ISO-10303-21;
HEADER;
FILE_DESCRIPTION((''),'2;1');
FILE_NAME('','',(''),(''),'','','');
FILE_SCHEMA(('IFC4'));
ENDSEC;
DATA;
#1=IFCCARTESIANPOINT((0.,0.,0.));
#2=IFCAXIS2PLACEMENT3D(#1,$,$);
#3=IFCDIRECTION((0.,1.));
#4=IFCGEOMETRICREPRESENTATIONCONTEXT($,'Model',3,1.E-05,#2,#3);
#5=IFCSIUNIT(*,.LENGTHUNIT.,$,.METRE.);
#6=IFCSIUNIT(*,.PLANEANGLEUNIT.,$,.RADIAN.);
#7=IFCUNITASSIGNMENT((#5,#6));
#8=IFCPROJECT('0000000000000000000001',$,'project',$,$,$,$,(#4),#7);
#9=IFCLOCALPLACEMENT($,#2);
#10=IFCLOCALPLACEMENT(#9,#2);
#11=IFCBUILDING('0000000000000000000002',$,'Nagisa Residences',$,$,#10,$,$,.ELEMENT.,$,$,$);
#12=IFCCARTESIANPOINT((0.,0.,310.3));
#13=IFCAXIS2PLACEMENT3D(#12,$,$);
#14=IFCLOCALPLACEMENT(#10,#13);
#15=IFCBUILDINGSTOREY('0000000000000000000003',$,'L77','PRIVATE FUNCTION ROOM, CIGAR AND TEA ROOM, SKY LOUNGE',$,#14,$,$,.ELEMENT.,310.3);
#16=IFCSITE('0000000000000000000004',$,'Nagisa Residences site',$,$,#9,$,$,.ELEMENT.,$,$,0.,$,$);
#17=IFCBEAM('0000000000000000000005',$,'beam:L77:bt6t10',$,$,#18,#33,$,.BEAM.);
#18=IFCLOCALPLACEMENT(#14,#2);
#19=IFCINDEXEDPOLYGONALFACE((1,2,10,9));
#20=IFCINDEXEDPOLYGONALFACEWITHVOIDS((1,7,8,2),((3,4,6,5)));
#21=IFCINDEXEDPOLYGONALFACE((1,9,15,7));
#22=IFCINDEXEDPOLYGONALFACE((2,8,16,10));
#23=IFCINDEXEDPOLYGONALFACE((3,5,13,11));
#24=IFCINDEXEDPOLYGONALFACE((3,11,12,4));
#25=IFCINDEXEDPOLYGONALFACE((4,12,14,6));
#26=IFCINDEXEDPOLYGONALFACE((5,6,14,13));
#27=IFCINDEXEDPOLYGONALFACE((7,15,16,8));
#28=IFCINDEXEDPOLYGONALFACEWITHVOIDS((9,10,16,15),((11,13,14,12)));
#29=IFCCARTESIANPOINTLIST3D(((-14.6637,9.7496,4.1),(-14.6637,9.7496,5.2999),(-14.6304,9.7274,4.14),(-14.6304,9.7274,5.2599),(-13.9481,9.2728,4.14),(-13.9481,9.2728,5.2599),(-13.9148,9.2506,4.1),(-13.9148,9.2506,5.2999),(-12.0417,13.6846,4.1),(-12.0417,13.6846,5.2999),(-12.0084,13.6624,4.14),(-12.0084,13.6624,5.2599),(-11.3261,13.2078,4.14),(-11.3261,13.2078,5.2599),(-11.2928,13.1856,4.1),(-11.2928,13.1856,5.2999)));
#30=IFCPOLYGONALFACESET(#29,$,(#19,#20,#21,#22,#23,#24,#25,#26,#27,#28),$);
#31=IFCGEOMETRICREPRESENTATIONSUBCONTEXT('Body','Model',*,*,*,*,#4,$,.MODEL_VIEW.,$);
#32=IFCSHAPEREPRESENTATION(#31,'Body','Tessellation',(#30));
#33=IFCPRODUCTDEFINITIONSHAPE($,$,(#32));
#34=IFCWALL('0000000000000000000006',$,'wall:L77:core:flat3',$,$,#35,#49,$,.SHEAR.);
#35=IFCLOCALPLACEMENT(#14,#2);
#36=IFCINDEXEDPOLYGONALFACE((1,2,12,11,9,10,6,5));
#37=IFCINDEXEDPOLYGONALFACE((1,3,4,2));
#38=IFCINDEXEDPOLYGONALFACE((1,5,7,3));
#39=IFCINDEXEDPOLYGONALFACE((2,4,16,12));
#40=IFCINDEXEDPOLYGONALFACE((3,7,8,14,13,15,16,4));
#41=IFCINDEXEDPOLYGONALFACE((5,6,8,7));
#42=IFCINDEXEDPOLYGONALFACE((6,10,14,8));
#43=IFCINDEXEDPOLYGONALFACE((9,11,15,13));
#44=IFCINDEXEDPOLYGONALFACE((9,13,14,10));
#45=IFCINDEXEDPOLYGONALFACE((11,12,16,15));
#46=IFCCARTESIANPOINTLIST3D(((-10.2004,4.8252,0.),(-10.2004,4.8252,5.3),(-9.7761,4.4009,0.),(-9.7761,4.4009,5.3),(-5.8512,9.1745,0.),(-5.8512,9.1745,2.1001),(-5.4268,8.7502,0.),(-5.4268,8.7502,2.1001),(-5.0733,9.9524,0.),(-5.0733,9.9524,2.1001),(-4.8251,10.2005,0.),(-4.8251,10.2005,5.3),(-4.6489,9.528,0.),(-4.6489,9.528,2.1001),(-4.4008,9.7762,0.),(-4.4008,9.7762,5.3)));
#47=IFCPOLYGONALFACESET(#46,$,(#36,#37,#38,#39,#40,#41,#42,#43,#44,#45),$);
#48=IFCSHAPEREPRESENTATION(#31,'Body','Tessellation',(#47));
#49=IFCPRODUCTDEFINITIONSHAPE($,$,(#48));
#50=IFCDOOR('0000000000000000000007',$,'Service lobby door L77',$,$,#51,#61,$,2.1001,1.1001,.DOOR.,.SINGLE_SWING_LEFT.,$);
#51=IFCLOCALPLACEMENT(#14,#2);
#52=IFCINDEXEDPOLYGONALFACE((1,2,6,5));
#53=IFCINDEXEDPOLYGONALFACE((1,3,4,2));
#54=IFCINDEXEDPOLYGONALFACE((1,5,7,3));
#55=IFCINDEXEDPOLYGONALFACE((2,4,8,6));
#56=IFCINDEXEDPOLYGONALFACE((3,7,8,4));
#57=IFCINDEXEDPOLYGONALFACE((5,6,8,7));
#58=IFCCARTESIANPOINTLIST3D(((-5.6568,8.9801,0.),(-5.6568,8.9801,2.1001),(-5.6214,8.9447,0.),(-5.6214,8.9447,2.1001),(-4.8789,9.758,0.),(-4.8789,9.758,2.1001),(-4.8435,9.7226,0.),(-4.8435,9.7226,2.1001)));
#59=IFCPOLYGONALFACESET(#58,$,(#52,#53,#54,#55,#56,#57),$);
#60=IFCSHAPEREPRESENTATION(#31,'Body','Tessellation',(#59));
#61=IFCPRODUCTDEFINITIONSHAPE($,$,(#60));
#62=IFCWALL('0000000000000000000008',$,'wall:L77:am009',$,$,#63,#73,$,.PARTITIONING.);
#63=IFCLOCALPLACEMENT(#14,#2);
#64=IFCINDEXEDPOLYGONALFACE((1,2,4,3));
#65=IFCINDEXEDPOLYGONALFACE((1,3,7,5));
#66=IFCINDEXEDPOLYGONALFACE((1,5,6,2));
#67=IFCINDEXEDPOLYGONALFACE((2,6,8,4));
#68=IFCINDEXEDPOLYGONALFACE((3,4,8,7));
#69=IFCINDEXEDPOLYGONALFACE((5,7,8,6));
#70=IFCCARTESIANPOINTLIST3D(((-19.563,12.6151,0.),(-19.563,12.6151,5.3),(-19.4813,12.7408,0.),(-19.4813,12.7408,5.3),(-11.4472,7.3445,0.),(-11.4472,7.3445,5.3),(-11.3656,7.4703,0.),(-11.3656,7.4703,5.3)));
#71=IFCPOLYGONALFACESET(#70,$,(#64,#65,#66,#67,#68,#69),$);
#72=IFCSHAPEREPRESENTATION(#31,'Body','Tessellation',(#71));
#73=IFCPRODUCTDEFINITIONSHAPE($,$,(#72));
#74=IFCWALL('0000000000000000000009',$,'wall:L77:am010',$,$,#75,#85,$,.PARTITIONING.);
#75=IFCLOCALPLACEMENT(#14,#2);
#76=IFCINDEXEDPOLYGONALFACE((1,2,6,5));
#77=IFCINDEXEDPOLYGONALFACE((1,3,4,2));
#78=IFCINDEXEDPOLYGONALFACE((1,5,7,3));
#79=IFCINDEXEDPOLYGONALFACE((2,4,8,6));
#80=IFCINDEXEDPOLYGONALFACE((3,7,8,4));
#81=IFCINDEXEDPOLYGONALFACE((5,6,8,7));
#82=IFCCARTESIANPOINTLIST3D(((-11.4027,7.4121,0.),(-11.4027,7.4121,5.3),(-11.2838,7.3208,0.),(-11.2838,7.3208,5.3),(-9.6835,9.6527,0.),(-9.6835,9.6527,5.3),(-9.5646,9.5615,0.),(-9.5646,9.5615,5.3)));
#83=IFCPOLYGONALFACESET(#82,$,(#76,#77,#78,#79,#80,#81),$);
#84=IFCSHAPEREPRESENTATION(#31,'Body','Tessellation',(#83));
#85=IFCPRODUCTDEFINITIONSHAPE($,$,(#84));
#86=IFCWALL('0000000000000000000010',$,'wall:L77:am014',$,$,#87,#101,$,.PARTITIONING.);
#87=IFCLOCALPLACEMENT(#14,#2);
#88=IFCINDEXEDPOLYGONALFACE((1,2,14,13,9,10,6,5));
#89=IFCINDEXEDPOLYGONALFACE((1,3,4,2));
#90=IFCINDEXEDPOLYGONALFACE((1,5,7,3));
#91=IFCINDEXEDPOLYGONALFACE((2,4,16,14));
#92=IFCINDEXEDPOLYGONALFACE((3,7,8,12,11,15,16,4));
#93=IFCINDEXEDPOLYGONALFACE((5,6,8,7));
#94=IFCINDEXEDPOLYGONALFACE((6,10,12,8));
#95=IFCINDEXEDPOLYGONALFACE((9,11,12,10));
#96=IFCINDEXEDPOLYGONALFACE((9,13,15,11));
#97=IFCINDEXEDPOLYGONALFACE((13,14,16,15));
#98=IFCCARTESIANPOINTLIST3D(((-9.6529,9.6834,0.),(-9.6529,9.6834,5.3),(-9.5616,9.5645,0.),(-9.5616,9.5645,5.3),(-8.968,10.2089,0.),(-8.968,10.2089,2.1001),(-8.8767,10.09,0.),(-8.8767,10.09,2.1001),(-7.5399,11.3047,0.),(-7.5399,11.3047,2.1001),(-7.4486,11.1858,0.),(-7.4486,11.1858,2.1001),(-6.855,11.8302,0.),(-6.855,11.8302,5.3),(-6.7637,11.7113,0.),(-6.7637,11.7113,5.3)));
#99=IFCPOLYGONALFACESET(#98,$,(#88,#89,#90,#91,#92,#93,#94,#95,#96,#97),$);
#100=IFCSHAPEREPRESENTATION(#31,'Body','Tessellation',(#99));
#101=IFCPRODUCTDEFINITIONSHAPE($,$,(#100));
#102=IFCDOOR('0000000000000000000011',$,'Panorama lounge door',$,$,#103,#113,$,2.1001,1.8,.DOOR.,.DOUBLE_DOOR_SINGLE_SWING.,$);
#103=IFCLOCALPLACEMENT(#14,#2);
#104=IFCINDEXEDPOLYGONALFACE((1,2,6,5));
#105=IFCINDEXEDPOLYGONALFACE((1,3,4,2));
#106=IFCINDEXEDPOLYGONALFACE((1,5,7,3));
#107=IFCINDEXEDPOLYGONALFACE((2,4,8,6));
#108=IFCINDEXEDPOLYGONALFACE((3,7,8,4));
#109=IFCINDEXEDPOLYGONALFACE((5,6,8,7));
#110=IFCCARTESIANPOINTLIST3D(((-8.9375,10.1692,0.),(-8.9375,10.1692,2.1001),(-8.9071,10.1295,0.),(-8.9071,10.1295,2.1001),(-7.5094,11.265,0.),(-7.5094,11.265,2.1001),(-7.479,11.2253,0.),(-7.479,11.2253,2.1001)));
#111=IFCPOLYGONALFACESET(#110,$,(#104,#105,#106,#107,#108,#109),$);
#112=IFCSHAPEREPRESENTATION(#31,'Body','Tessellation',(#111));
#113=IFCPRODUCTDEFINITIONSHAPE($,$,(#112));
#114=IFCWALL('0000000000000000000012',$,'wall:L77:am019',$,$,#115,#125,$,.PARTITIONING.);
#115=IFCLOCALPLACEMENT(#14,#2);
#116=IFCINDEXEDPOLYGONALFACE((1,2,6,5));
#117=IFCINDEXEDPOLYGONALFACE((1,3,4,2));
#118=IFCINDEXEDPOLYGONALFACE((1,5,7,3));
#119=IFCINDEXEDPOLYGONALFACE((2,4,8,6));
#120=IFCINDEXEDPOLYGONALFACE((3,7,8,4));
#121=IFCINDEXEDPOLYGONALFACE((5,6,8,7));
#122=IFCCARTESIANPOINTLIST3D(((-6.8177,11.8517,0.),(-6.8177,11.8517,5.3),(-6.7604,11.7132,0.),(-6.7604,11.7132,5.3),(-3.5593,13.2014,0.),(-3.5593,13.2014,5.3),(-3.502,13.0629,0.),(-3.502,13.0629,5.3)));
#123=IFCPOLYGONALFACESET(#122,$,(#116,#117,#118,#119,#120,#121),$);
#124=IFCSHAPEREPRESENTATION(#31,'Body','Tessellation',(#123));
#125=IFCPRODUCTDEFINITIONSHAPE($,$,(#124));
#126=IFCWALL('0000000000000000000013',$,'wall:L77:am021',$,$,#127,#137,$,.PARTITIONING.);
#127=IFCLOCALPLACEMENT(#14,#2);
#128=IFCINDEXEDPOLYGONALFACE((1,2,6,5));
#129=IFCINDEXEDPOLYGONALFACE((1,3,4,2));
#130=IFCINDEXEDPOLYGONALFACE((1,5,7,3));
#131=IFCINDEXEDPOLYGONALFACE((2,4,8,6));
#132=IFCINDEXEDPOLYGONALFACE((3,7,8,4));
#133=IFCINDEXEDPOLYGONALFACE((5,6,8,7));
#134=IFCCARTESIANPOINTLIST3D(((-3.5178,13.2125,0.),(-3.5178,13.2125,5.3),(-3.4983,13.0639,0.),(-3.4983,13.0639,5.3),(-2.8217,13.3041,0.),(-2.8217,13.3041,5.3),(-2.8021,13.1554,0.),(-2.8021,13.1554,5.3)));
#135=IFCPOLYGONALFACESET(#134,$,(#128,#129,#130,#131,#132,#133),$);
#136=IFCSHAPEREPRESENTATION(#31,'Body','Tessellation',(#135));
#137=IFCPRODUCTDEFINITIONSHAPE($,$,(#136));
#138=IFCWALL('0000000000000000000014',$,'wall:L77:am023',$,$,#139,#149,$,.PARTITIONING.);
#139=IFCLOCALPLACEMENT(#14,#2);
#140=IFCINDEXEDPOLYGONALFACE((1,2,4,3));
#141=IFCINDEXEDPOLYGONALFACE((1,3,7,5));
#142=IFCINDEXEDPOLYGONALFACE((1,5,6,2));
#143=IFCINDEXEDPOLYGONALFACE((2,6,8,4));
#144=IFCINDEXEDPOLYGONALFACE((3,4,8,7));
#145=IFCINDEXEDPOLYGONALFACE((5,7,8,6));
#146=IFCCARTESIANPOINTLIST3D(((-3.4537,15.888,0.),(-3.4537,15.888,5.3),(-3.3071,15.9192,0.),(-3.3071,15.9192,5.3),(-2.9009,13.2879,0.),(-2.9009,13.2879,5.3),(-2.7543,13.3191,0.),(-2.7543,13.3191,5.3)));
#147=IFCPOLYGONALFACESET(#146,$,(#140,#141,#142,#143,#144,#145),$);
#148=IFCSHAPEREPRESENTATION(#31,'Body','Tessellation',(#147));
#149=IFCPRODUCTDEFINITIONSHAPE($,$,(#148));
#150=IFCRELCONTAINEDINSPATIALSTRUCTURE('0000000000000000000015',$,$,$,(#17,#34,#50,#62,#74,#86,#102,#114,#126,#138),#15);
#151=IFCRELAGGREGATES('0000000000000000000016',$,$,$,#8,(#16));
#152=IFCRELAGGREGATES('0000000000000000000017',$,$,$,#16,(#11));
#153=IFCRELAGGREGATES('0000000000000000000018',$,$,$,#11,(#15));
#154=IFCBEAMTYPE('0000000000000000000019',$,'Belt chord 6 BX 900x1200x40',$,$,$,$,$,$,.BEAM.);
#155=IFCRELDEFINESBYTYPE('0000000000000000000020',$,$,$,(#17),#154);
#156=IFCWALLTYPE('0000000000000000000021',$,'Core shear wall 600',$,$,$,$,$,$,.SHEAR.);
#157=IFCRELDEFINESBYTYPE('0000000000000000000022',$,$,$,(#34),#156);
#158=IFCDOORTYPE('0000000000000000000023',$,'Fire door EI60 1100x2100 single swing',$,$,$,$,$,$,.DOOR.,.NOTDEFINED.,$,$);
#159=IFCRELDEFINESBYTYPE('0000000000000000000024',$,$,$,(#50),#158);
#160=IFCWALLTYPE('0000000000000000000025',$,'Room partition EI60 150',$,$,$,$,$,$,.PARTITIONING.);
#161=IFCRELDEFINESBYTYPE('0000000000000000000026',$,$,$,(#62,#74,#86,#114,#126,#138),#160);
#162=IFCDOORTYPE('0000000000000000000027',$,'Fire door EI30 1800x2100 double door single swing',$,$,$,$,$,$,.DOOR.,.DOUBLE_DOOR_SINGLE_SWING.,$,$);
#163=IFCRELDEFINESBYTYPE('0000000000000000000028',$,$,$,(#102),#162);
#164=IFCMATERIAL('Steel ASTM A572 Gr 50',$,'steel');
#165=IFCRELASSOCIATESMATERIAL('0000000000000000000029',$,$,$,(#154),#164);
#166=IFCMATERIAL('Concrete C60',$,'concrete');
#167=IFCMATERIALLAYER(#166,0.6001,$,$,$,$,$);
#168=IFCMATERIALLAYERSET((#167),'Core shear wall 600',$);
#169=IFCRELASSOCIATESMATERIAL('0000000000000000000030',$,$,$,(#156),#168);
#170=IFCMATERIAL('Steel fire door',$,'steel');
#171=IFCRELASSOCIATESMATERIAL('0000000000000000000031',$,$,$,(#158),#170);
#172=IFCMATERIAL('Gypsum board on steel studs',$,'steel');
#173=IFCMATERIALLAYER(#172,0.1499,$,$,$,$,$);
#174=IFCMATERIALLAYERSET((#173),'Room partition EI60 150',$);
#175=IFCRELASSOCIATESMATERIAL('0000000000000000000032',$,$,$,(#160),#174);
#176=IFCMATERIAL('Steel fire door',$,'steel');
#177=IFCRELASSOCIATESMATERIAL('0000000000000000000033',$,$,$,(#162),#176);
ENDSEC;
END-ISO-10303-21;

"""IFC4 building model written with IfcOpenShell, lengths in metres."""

from ifc_helpers import new_model, si_unit, direction, frame, frame_2d, origin, origin_2d, place, context, subcontext, project, spatial, rectangle, hollow_rectangle, extrude, material, layer, layer_set, material_profile, profile_set, type_object, element, fill, save


model = new_model("IFC4")

# Units and contexts
model_context = context("Model", 3, precision=1e-05, world=origin(), true_north=direction((0.0, 1.0)))
body_context = subcontext(model_context, "Body", "Model", "MODEL_VIEW")
ifc_project = project(units=[si_unit("LENGTHUNIT", "METRE"), si_unit("PLANEANGLEUNIT", "RADIAN")], contexts=[model_context])

# Site, building, storey
site_placement = place(None, origin())
site = spatial("IfcSite", under=ifc_project, at=site_placement, Name="Nagisa Residences site", CompositionType="ELEMENT", RefElevation=0.0)
building_placement = place(site_placement, origin())
building = spatial("IfcBuilding", under=site, at=building_placement, Name="Nagisa Residences", CompositionType="ELEMENT")
storey_placement = place(building_placement, frame((0.0, 0.0, 310.3)))
storey = spatial("IfcBuildingStorey", under=building, at=storey_placement, Name="L77", Description="PRIVATE FUNCTION ROOM, CIGAR AND TEA ROOM, SKY LOUNGE", CompositionType="ELEMENT", Elevation=310.3)

# Beam
ifc_material_1 = material(Name="Steel ASTM A572 Gr 50", Category="steel")
ifc_material_profile = material_profile(ifc_material_1, hollow_rectangle(XDim=0.8999, YDim=1.2, WallThickness=0.04, at=origin_2d()), Name="BX 900x1200x40")
ifc_profile_set = profile_set([ifc_material_profile], Name="Steel ASTM A572 Gr 50")
beam_type = type_object("IfcBeamType", Name="Belt chord 6 BX 900x1200x40", PredefinedType="BEAM", material=ifc_profile_set)
beam_placement = place(storey_placement, frame((-11.6672, 13.4351, 4.7), z_axis=(-0.55451, -0.832177, 0.0), x_axis=(0.832177, -0.55451, 0.0)))
element("IfcBeam", 1, at=beam_placement, inside=storey, type_object=beam_type, Name="beam:L77:bt6t10", PredefinedType="BEAM", context=body_context, shape_type="SweptSolid", body=[
    extrude(hollow_rectangle(XDim=0.8999, YDim=1.2, WallThickness=0.04, at=origin_2d()), origin(), (0.0, 0.0, 1.0), 4.7285),
])

# Wall, opening, door
ifc_material_2 = material(Name="Concrete C60", Category="concrete")
ifc_layer_1 = layer(ifc_material_2, 0.6001)
ifc_layer_set_1 = layer_set([ifc_layer_1], Name="Core shear wall 600")
wall_type_1 = type_object("IfcWallType", Name="Core shear wall 600", PredefinedType="SHEAR", material=ifc_layer_set_1)
wall_1_placement = place(storey_placement, frame((-4.613, 9.9883, 0.0), z_axis=(0.0, 0.0, 1.0), x_axis=(-0.707107, -0.707107, 0.0)))
wall_1 = element("IfcWall", 2, at=wall_1_placement, inside=storey, type_object=wall_type_1, Name="wall:L77:core:flat3", PredefinedType="SHEAR", context=body_context, shape_type="SweptSolid", body=[
    extrude(rectangle(XDim=7.6018, YDim=0.6001, at=frame_2d((3.8008, 0.0))), origin(), (0.0, 0.0, 1.0), 5.3),
])
opening_1_placement = place(wall_1_placement, frame((0.3508, 0.0, 0.0)))
opening_1 = element("IfcOpeningElement", 3, at=opening_1_placement, cuts=wall_1, PredefinedType="OPENING", context=body_context, shape_type="SweptSolid", body=[
    extrude(rectangle(XDim=1.1001, YDim=2.1001, at=frame_2d((0.55, 1.05))), frame((0.0, 0.3101, 0.0), z_axis=(0.0, -1.0, 0.0), x_axis=(1.0, 0.0, 0.0)), (0.0, 0.0, 1.0), 0.6201),
])
ifc_material_3 = material(Name="Steel fire door", Category="steel")
door_type_1 = type_object("IfcDoorType", Name="Fire door EI60 1100x2100 single swing", OperationType="NOTDEFINED", PredefinedType="DOOR", material=ifc_material_3)
door_1_placement = place(opening_1_placement, origin())
door_1 = element("IfcDoor", 4, at=door_1_placement, inside=storey, type_object=door_type_1, Name="Service lobby door L77", OperationType="SINGLE_SWING_LEFT", OverallHeight=2.1001, OverallWidth=1.1001, PredefinedType="DOOR", context=body_context, shape_type="SweptSolid", body=[
    extrude(rectangle(XDim=1.1001, YDim=2.1001, at=frame_2d((0.55, 1.05))), frame((0.0, 0.0249, 0.0), z_axis=(0.0, -1.0, 0.0), x_axis=(1.0, 0.0, 0.0)), (0.0, 0.0, 1.0), 0.05),
])
fill(opening_1, door_1)

# Walls
ifc_material_4 = material(Name="Gypsum board on steel studs", Category="steel")
ifc_layer_2 = layer(ifc_material_4, 0.1499)
ifc_layer_set_2 = layer_set([ifc_layer_2], Name="Room partition EI60 150")
wall_type_2 = type_object("IfcWallType", Name="Room partition EI60 150", PredefinedType="PARTITIONING", material=ifc_layer_set_2)
wall_2_placement = place(storey_placement, frame((-11.4065, 7.4075, 0.0), z_axis=(0.0, 0.0, 1.0), x_axis=(-0.838666, 0.544646, 0.0)))
element("IfcWall", 5, at=wall_2_placement, inside=storey, type_object=wall_type_2, Name="wall:L77:am009", PredefinedType="PARTITIONING", context=body_context, shape_type="SweptSolid", body=[
    extrude(rectangle(XDim=9.677, YDim=0.1499, at=frame_2d((4.8384, 0.0))), origin(), (0.0, 0.0, 1.0), 5.3),
])
wall_3_placement = place(storey_placement, frame((-11.3433, 7.3665, 0.0), z_axis=(0.0, 0.0, 1.0), x_axis=(0.608733, 0.793375, 0.0)))
element("IfcWall", 6, at=wall_3_placement, inside=storey, type_object=wall_type_2, Name="wall:L77:am010", PredefinedType="PARTITIONING", context=body_context, shape_type="SweptSolid", body=[
    extrude(rectangle(XDim=2.8242, YDim=0.1499, at=frame_2d((1.4121, 0.0))), origin(), (0.0, 0.0, 1.0), 5.3),
])

# Wall, opening, door
wall_4_placement = place(storey_placement, frame((-9.6072, 9.624, 0.0), z_axis=(0.0, 0.0, 1.0), x_axis=(0.793372, 0.608737, 0.0)))
wall_4 = element("IfcWall", 7, at=wall_4_placement, inside=storey, type_object=wall_type_2, Name="wall:L77:am014", PredefinedType="PARTITIONING", context=body_context, shape_type="SweptSolid", body=[
    extrude(rectangle(XDim=3.5266, YDim=0.1499, at=frame_2d((1.7632, 0.0))), origin(), (0.0, 0.0, 1.0), 5.3),
])
opening_2_placement = place(wall_4_placement, frame((0.8633, 0.0, 0.0)))
opening_2 = element("IfcOpeningElement", 8, at=opening_2_placement, cuts=wall_4, PredefinedType="OPENING", context=body_context, shape_type="SweptSolid", body=[
    extrude(rectangle(XDim=1.8, YDim=2.1001, at=frame_2d((0.8999, 1.05))), frame((0.0, 0.085, 0.0), z_axis=(0.0, -1.0, 0.0), x_axis=(1.0, 0.0, 0.0)), (0.0, 0.0, 1.0), 0.1699),
])
ifc_material_5 = material(Name="Steel fire door", Category="steel")
door_type_2 = type_object("IfcDoorType", Name="Fire door EI30 1800x2100 double door single swing", OperationType="DOUBLE_DOOR_SINGLE_SWING", PredefinedType="DOOR", material=ifc_material_5)
door_2_placement = place(opening_2_placement, origin())
door_2 = element("IfcDoor", 9, at=door_2_placement, inside=storey, type_object=door_type_2, Name="Panorama lounge door", OperationType="DOUBLE_DOOR_SINGLE_SWING", OverallHeight=2.1001, OverallWidth=1.8, PredefinedType="DOOR", context=body_context, shape_type="SweptSolid", body=[
    extrude(rectangle(XDim=1.8, YDim=2.1001, at=frame_2d((0.8999, 1.05))), frame((0.0, 0.0249, 0.0), z_axis=(0.0, -1.0, 0.0), x_axis=(1.0, 0.0, 0.0)), (0.0, 0.0, 1.0), 0.05),
])
fill(opening_2, door_2)

# Walls
wall_5_placement = place(storey_placement, frame((-6.7891, 11.7825, 0.0), z_axis=(0.0, 0.0, 1.0), x_axis=(0.923882, 0.382678, 0.0)))
element("IfcWall", 10, at=wall_5_placement, inside=storey, type_object=wall_type_2, Name="wall:L77:am019", PredefinedType="PARTITIONING", context=body_context, shape_type="SweptSolid", body=[
    extrude(rectangle(XDim=3.5269, YDim=0.1499, at=frame_2d((1.7634, 0.0))), origin(), (0.0, 0.0, 1.0), 5.3),
])
wall_6_placement = place(storey_placement, frame((-3.5081, 13.1382, 0.0), z_axis=(0.0, 0.0, 1.0), x_axis=(0.99146, 0.13041, 0.0)))
element("IfcWall", 11, at=wall_6_placement, inside=storey, type_object=wall_type_2, Name="wall:L77:am021", PredefinedType="PARTITIONING", context=body_context, shape_type="SweptSolid", body=[
    extrude(rectangle(XDim=0.7021, YDim=0.1499, at=frame_2d((0.3511, 0.0))), origin(), (0.0, 0.0, 1.0), 5.3),
])
wall_7_placement = place(storey_placement, frame((-2.8276, 13.3035, 0.0), z_axis=(0.0, 0.0, 1.0), x_axis=(-0.207936, 0.978143, 0.0)))
element("IfcWall", 12, at=wall_7_placement, inside=storey, type_object=wall_type_2, Name="wall:L77:am023", PredefinedType="PARTITIONING", context=body_context, shape_type="SweptSolid", body=[
    extrude(rectangle(XDim=2.6582, YDim=0.1499, at=frame_2d((1.3291, 0.0))), origin(), (0.0, 0.0, 1.0), 5.3),
])

save(model, "model.ifc")
